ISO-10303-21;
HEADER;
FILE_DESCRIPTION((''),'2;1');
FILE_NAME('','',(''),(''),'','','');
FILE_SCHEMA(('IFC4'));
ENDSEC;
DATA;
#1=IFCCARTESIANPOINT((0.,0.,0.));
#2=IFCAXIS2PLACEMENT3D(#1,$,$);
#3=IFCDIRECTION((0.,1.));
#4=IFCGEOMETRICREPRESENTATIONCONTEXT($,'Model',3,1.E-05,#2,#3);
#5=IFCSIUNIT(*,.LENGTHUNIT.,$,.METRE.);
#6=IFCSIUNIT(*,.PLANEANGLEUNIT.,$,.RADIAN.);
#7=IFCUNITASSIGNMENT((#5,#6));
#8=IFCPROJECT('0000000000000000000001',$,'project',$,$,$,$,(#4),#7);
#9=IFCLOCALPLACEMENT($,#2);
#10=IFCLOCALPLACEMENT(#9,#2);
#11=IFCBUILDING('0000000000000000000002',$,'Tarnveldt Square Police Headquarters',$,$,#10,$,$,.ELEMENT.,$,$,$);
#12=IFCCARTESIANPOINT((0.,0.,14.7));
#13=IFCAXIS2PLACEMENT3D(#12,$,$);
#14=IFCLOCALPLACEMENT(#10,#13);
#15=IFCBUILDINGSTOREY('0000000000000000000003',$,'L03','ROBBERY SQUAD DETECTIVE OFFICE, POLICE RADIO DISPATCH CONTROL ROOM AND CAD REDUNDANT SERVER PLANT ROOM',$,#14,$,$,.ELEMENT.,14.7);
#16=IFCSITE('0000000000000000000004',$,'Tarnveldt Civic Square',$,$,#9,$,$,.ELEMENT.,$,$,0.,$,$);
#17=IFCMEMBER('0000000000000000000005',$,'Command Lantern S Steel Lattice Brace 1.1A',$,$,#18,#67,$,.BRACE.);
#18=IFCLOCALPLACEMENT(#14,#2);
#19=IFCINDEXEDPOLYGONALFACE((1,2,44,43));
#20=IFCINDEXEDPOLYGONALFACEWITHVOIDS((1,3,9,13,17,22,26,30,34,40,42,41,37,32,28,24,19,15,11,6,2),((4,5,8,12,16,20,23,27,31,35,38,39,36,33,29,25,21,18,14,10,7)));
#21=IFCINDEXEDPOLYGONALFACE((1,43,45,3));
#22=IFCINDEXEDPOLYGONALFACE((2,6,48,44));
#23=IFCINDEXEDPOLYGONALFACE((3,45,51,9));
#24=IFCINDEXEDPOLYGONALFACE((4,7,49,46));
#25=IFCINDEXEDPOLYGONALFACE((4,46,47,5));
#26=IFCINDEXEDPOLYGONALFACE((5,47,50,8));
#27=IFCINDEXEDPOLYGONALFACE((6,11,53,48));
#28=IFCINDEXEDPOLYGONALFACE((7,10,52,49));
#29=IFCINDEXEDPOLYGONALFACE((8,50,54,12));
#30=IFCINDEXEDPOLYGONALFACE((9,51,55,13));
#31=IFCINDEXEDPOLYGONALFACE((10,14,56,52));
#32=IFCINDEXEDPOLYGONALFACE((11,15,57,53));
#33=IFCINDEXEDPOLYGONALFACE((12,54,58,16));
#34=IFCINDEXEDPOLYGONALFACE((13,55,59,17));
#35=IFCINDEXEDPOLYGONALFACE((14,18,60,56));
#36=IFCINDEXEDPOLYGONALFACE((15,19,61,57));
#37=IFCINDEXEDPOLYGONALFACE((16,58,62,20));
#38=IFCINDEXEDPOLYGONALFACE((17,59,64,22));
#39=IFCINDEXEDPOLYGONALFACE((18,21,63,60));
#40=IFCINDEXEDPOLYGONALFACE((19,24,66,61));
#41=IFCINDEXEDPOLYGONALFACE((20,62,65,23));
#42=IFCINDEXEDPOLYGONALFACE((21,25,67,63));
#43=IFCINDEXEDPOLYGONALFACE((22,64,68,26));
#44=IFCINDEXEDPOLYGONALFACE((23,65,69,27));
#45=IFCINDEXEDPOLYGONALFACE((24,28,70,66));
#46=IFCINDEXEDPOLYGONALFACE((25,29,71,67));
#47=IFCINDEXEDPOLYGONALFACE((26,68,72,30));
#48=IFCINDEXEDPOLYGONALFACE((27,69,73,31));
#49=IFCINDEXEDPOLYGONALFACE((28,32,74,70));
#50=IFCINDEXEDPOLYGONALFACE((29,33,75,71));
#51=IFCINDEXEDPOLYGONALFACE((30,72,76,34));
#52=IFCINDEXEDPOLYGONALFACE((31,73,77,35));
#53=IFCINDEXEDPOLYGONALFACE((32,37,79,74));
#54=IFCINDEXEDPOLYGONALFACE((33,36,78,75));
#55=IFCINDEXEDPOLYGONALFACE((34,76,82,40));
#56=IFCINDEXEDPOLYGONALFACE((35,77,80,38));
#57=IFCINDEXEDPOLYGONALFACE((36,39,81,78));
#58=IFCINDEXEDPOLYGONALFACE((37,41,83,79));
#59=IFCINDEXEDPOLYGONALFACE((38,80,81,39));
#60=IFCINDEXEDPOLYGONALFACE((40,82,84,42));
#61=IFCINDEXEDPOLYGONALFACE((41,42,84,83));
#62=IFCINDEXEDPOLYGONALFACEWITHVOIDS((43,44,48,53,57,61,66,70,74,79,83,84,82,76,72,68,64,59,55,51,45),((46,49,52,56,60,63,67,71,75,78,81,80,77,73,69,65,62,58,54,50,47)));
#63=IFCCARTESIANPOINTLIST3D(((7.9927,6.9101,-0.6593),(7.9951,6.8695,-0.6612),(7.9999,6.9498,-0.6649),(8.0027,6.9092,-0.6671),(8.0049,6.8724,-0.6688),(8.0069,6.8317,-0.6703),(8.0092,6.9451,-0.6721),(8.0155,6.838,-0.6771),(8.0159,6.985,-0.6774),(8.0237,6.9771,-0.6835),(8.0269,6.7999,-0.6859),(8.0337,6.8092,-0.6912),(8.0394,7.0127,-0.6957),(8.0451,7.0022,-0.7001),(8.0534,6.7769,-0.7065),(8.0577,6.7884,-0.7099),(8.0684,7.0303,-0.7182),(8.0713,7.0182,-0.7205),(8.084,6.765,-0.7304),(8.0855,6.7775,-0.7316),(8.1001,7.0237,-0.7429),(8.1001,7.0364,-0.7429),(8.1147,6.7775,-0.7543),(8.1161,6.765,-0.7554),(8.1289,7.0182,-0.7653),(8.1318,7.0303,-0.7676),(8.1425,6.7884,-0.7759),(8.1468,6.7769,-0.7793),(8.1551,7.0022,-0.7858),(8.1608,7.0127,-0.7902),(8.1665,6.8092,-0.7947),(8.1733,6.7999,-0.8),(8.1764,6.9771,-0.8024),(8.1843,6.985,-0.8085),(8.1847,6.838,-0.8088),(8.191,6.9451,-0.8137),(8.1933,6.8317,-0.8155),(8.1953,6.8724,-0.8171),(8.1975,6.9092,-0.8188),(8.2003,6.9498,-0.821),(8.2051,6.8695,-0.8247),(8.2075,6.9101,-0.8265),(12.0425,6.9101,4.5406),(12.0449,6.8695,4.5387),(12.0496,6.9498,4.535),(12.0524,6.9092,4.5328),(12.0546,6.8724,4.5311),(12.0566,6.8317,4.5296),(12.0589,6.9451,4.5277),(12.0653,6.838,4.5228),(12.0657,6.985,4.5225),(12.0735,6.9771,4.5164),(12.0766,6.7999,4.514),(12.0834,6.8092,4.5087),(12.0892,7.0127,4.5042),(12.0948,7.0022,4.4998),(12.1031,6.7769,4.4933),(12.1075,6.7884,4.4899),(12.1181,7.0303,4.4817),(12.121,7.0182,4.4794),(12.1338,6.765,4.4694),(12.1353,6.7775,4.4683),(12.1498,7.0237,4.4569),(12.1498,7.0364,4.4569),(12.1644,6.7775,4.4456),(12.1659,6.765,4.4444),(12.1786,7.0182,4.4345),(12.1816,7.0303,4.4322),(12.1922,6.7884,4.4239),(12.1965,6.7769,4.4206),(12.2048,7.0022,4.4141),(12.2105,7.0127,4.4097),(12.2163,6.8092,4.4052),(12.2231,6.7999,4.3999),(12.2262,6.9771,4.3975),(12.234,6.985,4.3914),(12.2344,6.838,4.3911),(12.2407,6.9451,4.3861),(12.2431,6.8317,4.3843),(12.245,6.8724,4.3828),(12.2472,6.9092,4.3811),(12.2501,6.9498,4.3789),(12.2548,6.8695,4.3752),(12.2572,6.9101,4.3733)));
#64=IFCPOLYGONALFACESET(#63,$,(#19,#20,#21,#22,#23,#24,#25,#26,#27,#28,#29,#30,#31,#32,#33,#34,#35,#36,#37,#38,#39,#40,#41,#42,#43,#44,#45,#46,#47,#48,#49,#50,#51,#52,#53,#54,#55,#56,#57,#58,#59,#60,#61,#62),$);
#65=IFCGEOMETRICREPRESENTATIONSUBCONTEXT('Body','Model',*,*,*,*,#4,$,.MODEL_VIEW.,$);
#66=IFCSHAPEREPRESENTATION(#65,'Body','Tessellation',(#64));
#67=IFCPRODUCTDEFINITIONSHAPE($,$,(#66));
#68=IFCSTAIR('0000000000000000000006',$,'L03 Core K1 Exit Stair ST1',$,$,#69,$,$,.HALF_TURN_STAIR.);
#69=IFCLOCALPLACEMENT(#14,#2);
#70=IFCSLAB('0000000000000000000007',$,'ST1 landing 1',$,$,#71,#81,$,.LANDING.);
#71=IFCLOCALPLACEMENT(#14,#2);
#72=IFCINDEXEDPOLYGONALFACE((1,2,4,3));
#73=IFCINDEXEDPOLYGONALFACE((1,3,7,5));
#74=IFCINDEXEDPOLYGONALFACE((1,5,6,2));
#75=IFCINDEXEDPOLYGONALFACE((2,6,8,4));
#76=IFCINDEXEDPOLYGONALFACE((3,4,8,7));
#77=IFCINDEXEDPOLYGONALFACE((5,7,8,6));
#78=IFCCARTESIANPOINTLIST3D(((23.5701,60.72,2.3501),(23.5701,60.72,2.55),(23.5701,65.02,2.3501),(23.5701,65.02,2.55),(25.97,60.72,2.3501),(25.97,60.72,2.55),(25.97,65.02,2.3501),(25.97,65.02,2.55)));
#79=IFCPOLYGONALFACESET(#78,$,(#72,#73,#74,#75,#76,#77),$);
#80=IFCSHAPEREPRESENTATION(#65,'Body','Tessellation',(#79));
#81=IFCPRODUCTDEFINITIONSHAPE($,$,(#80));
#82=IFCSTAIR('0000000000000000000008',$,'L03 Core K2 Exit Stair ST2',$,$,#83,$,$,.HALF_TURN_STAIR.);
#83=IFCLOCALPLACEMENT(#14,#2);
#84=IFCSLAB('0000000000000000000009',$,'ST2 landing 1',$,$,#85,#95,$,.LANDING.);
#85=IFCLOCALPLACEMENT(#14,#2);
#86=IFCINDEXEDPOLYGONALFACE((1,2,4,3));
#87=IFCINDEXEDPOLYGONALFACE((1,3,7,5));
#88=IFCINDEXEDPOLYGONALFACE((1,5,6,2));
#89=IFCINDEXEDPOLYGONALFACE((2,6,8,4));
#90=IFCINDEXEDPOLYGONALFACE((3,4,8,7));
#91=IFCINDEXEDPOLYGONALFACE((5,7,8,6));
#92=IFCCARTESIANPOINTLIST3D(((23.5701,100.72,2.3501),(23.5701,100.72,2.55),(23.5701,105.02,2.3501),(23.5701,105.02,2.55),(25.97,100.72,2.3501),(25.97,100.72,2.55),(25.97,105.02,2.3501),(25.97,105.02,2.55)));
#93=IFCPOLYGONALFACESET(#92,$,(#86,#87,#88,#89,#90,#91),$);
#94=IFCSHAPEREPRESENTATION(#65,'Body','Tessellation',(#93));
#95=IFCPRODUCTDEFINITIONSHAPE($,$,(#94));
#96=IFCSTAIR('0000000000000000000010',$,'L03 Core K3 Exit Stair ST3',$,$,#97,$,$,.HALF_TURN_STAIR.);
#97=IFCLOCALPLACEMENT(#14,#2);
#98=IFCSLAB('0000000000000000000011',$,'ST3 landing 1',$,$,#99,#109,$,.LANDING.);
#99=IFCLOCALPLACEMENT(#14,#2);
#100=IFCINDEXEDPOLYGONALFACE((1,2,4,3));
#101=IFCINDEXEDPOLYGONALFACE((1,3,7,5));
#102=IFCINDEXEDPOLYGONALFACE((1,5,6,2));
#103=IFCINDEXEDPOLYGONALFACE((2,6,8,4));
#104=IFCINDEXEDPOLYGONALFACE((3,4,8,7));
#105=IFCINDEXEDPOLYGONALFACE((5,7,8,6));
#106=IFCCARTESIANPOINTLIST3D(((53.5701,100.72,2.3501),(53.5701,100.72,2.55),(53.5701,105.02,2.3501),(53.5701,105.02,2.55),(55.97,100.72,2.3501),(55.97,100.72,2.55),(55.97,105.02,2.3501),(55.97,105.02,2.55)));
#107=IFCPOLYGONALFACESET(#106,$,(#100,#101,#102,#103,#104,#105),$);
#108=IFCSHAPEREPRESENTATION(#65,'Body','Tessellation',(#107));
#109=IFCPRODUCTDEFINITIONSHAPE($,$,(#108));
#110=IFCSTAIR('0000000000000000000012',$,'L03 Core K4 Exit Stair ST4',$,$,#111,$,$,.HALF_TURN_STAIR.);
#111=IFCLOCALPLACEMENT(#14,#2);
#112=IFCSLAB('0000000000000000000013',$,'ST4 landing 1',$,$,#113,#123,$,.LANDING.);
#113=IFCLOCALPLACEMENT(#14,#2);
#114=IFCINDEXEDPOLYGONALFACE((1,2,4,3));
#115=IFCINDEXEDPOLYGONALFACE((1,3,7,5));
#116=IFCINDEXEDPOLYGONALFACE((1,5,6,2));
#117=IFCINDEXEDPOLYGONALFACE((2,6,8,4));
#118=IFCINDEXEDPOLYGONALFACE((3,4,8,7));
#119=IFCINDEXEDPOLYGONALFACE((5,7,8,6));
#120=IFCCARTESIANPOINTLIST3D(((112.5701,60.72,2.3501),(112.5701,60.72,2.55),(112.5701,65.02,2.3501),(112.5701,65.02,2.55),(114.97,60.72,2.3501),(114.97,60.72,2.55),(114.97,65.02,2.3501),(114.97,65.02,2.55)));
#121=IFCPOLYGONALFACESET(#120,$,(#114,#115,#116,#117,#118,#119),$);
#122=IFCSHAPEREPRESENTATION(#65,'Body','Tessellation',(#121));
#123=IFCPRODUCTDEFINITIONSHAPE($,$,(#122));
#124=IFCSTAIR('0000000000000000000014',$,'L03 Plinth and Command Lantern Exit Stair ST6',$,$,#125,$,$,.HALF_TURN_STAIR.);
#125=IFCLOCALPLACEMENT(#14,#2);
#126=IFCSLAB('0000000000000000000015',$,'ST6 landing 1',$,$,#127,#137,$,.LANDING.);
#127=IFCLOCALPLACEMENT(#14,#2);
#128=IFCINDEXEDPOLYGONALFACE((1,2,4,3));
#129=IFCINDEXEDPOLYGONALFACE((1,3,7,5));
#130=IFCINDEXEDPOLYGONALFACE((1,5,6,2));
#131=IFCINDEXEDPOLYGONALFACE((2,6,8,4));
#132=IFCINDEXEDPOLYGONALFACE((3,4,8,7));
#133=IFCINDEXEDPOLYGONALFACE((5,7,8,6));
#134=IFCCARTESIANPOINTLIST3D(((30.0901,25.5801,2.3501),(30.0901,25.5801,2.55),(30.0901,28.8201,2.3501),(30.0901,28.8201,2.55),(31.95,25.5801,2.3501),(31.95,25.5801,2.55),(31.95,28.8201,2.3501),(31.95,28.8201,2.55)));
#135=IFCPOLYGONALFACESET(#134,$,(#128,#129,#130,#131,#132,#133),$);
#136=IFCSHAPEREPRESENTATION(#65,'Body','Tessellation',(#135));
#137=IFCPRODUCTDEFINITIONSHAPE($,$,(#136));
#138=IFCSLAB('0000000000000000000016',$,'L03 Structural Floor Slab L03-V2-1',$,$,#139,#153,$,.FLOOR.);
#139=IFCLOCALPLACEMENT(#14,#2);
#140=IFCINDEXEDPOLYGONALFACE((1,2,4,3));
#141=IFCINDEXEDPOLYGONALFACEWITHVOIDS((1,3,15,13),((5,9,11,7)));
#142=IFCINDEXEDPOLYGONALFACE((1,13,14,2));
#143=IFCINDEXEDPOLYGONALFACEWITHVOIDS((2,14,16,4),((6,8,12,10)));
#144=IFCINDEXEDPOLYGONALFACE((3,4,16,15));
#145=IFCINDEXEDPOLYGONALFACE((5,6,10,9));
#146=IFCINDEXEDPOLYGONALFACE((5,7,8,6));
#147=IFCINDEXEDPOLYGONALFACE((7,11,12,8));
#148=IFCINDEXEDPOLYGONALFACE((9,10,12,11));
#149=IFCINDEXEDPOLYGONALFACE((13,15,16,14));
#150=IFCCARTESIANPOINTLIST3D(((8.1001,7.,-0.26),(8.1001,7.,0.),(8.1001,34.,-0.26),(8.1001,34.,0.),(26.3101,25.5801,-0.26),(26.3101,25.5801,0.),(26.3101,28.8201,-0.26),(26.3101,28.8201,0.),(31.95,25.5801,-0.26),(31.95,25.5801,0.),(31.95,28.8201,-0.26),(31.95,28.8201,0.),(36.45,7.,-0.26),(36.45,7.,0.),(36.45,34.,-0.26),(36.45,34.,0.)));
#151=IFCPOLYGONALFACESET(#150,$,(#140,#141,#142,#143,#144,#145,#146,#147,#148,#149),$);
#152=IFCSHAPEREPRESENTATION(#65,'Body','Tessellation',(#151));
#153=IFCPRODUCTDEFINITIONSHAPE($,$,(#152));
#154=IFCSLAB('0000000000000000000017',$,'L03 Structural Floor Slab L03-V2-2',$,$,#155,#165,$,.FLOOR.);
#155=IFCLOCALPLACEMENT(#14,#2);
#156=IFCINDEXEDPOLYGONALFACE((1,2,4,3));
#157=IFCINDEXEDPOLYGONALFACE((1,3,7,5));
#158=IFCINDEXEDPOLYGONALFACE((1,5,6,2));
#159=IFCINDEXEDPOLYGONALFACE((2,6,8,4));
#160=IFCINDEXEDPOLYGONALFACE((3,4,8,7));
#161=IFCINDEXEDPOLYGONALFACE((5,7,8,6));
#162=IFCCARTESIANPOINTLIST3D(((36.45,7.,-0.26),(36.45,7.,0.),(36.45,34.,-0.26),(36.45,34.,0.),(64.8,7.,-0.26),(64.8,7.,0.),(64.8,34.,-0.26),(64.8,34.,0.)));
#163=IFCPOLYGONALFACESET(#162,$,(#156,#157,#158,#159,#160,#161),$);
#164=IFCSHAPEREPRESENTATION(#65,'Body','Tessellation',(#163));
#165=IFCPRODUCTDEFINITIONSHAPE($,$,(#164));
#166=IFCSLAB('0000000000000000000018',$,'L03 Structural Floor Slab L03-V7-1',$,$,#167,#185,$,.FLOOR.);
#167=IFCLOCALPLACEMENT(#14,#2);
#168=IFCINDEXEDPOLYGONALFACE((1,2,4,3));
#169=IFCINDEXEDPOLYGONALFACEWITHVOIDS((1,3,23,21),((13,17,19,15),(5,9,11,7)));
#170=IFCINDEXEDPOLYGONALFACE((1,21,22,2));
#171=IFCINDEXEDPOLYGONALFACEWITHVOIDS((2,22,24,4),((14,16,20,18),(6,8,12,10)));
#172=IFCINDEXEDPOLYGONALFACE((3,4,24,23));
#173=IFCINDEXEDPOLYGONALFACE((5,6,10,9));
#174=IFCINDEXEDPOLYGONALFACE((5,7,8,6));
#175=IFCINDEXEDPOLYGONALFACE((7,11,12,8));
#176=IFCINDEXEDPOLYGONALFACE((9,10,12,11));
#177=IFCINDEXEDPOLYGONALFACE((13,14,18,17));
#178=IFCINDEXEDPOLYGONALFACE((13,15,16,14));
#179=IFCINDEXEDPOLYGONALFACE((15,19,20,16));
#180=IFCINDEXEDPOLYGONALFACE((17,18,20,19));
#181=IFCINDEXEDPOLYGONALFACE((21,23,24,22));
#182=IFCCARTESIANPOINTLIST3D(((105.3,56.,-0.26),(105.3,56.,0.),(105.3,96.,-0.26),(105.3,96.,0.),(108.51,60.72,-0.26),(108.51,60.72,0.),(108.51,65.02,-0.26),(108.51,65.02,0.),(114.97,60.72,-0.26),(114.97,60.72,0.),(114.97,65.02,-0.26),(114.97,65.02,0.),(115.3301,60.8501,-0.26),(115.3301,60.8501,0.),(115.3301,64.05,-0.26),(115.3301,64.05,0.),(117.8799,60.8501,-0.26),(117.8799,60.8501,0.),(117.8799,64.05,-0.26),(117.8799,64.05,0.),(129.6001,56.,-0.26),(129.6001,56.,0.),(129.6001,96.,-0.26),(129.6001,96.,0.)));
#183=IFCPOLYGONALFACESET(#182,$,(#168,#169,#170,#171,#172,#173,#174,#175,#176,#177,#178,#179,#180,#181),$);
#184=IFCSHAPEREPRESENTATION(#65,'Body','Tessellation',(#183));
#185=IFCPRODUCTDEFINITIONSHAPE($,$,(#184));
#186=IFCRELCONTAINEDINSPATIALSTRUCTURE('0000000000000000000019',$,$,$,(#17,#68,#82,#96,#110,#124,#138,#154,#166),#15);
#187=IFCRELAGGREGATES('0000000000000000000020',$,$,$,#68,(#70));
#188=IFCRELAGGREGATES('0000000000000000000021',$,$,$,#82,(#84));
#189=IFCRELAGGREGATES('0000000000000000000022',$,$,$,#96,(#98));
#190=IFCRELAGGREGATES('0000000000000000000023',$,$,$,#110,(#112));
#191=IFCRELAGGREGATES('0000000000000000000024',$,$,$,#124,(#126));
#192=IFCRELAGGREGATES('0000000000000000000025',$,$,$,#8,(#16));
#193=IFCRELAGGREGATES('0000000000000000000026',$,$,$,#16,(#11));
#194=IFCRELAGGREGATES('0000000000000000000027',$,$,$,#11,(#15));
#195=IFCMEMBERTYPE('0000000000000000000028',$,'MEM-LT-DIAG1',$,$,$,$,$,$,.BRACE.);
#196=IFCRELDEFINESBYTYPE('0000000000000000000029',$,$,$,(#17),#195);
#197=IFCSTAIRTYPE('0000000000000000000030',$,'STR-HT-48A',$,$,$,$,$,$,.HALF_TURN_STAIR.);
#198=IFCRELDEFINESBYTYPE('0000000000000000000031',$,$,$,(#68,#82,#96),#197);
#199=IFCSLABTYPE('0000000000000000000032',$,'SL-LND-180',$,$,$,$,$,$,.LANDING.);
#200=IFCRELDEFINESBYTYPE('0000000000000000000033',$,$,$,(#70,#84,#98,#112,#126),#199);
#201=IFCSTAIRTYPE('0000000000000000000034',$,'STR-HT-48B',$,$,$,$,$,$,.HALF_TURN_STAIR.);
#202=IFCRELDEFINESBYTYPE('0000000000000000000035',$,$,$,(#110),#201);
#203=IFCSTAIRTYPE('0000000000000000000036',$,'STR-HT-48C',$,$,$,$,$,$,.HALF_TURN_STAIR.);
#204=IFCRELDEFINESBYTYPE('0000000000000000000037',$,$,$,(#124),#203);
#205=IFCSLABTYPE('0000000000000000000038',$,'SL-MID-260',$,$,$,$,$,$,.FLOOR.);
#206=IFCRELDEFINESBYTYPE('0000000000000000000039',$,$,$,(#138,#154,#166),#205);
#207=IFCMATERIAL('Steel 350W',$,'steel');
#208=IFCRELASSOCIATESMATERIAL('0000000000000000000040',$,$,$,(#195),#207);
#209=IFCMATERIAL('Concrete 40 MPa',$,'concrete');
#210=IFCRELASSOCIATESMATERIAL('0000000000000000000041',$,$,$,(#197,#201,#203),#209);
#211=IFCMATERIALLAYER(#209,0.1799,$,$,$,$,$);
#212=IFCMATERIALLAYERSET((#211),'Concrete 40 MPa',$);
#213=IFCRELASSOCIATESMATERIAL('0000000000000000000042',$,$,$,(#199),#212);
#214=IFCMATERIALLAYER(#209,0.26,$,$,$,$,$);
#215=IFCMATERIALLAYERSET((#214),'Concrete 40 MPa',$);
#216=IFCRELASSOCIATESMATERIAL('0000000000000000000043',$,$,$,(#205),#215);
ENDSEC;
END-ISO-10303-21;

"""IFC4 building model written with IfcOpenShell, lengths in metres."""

from ifc_helpers import new_model, si_unit, direction, frame, origin, origin_2d, place, context, subcontext, project, spatial, polyline, hollow_circle, outline, extrude, material, layer, layer_set, material_profile, profile_set, type_object, element, aggregate, save


model = new_model("IFC4")

# Units and contexts
model_context = context("Model", 3, precision=1e-05, world=origin(), true_north=direction((0.0, 1.0)))
body_context = subcontext(model_context, "Body", "Model", "MODEL_VIEW")
ifc_project = project(units=[si_unit("LENGTHUNIT", "METRE"), si_unit("PLANEANGLEUNIT", "RADIAN")], contexts=[model_context])

# Site, building, storey
site_placement = place(None, origin())
site = spatial("IfcSite", under=ifc_project, at=site_placement, Name="Tarnveldt Civic Square", CompositionType="ELEMENT", RefElevation=0.0)
building_placement = place(site_placement, origin())
building = spatial("IfcBuilding", under=site, at=building_placement, Name="Tarnveldt Square Police Headquarters", CompositionType="ELEMENT")
storey_placement = place(building_placement, frame((0.0, 0.0, 14.7)))
storey = spatial("IfcBuildingStorey", under=building, at=storey_placement, Name="L03", Description="ROBBERY SQUAD DETECTIVE OFFICE, POLICE RADIO DISPATCH CONTROL ROOM AND CAD REDUNDANT SERVER PLANT ROOM", CompositionType="ELEMENT", Elevation=14.7)

# Shared definitions
ifc_material_1 = material(Name="Steel 350W", Category="steel")

# Member
ifc_material_profile_1 = material_profile(ifc_material_1, hollow_circle(Radius=0.1365, WallThickness=0.0127, at=origin_2d()), Name="HSS273x13")
ifc_profile_set_1 = profile_set([ifc_material_profile_1], Name="Steel 350W")
member_type_1 = type_object("IfcMemberType", Name="MEM-LT-DIAG1", PredefinedType="BRACE", material=ifc_profile_set_1)
member_1_placement = place(storey_placement, frame((8.1001, 6.8999, -0.7429), z_axis=(0.614451, 0.0, 0.788955), x_axis=(0.0, 1.0, 0.0)))
element("IfcMember", 1, at=member_1_placement, inside=storey, type_object=member_type_1, Name="Command Lantern S Steel Lattice Brace 1.1A", PredefinedType="BRACE", context=body_context, shape_type="SweptSolid", body=[
    extrude(hollow_circle(Radius=0.1365, WallThickness=0.0127, at=origin_2d()), origin(), (0.0, 0.0, 1.0), 6.5908),
])

# Stairs, slabs
ifc_material_2 = material(Name="Concrete 40 MPa", Category="concrete")
stair_type_1 = type_object("IfcStairType", Name="STR-HT-48A", PredefinedType="HALF_TURN_STAIR", material=ifc_material_2)
stair_1_placement = place(storey_placement, origin())
stair_1 = element("IfcStair", 2, at=stair_1_placement, inside=storey, type_object=stair_type_1, Name="L03 Core K1 Exit Stair ST1", PredefinedType="HALF_TURN_STAIR")
ifc_layer_1 = layer(ifc_material_2, 0.1799)
ifc_layer_set_1 = layer_set([ifc_layer_1], Name="Concrete 40 MPa")
slab_type_1 = type_object("IfcSlabType", Name="SL-LND-180", PredefinedType="LANDING", material=ifc_layer_set_1)
slab_1_placement = place(storey_placement, frame((0.0, 0.0, 2.3501)))
slab_1 = element("IfcSlab", 3, at=slab_1_placement, type_object=slab_type_1, Name="ST1 landing 1", PredefinedType="LANDING", context=body_context, shape_type="SweptSolid", body=[
    extrude(outline(polyline([(23.5701, 60.72), (25.97, 60.72), (25.97, 65.02), (23.5701, 65.02), (23.5701, 60.72)])), origin(), (0.0, 0.0, 1.0), 0.2),
])
aggregate(stair_1, [slab_1])
stair_2_placement = place(storey_placement, origin())
stair_2 = element("IfcStair", 4, at=stair_2_placement, inside=storey, type_object=stair_type_1, Name="L03 Core K2 Exit Stair ST2", PredefinedType="HALF_TURN_STAIR")
slab_2_placement = place(storey_placement, frame((0.0, 0.0, 2.3501)))
slab_2 = element("IfcSlab", 5, at=slab_2_placement, type_object=slab_type_1, Name="ST2 landing 1", PredefinedType="LANDING", context=body_context, shape_type="SweptSolid", body=[
    extrude(outline(polyline([(23.5701, 100.72), (25.97, 100.72), (25.97, 105.02), (23.5701, 105.02), (23.5701, 100.72)])), origin(), (0.0, 0.0, 1.0), 0.2),
])
aggregate(stair_2, [slab_2])
stair_3_placement = place(storey_placement, origin())
stair_3 = element("IfcStair", 6, at=stair_3_placement, inside=storey, type_object=stair_type_1, Name="L03 Core K3 Exit Stair ST3", PredefinedType="HALF_TURN_STAIR")
slab_3_placement = place(storey_placement, frame((0.0, 0.0, 2.3501)))
slab_3 = element("IfcSlab", 7, at=slab_3_placement, type_object=slab_type_1, Name="ST3 landing 1", PredefinedType="LANDING", context=body_context, shape_type="SweptSolid", body=[
    extrude(outline(polyline([(53.5701, 100.72), (55.97, 100.72), (55.97, 105.02), (53.5701, 105.02), (53.5701, 100.72)])), origin(), (0.0, 0.0, 1.0), 0.2),
])
aggregate(stair_3, [slab_3])
stair_type_2 = type_object("IfcStairType", Name="STR-HT-48B", PredefinedType="HALF_TURN_STAIR", material=ifc_material_2)
stair_4_placement = place(storey_placement, origin())
stair_4 = element("IfcStair", 8, at=stair_4_placement, inside=storey, type_object=stair_type_2, Name="L03 Core K4 Exit Stair ST4", PredefinedType="HALF_TURN_STAIR")
slab_4_placement = place(storey_placement, frame((0.0, 0.0, 2.3501)))
slab_4 = element("IfcSlab", 9, at=slab_4_placement, type_object=slab_type_1, Name="ST4 landing 1", PredefinedType="LANDING", context=body_context, shape_type="SweptSolid", body=[
    extrude(outline(polyline([(112.5701, 60.72), (114.97, 60.72), (114.97, 65.02), (112.5701, 65.02), (112.5701, 60.72)])), origin(), (0.0, 0.0, 1.0), 0.2),
])
aggregate(stair_4, [slab_4])
stair_type_3 = type_object("IfcStairType", Name="STR-HT-48C", PredefinedType="HALF_TURN_STAIR", material=ifc_material_2)
stair_5_placement = place(storey_placement, origin())
stair_5 = element("IfcStair", 10, at=stair_5_placement, inside=storey, type_object=stair_type_3, Name="L03 Plinth and Command Lantern Exit Stair ST6", PredefinedType="HALF_TURN_STAIR")
slab_5_placement = place(storey_placement, frame((0.0, 0.0, 2.3501)))
slab_5 = element("IfcSlab", 11, at=slab_5_placement, type_object=slab_type_1, Name="ST6 landing 1", PredefinedType="LANDING", context=body_context, shape_type="SweptSolid", body=[
    extrude(outline(polyline([(30.0901, 25.5801), (31.95, 25.5801), (31.95, 28.8201), (30.0901, 28.8201), (30.0901, 25.5801)])), origin(), (0.0, 0.0, 1.0), 0.2),
])
aggregate(stair_5, [slab_5])

# Slabs
ifc_layer_2 = layer(ifc_material_2, 0.26)
ifc_layer_set_2 = layer_set([ifc_layer_2], Name="Concrete 40 MPa")
slab_type_2 = type_object("IfcSlabType", Name="SL-MID-260", PredefinedType="FLOOR", material=ifc_layer_set_2)
slab_6_placement = place(storey_placement, frame((0.0, 0.0, -0.26)))
element("IfcSlab", 12, at=slab_6_placement, inside=storey, type_object=slab_type_2, Name="L03 Structural Floor Slab L03-V2-1", PredefinedType="FLOOR", context=body_context, shape_type="SweptSolid", body=[
    extrude(outline(polyline([(36.45, 34.0), (36.45, 7.0), (8.1001, 7.0), (8.1001, 34.0), (36.45, 34.0)]), holes=[polyline([(26.3101, 25.5801), (31.95, 25.5801), (31.95, 28.8201), (26.3101, 28.8201), (26.3101, 25.5801)])]), origin(), (0.0, 0.0, 1.0), 0.26),
])
slab_7_placement = place(storey_placement, frame((0.0, 0.0, -0.26)))
element("IfcSlab", 13, at=slab_7_placement, inside=storey, type_object=slab_type_2, Name="L03 Structural Floor Slab L03-V2-2", PredefinedType="FLOOR", context=body_context, shape_type="SweptSolid", body=[
    extrude(outline(polyline([(64.8, 34.0), (64.8, 7.0), (36.45, 7.0), (36.45, 34.0), (64.8, 34.0)])), origin(), (0.0, 0.0, 1.0), 0.26),
])
slab_8_placement = place(storey_placement, frame((0.0, 0.0, -0.26)))
element("IfcSlab", 14, at=slab_8_placement, inside=storey, type_object=slab_type_2, Name="L03 Structural Floor Slab L03-V7-1", PredefinedType="FLOOR", context=body_context, shape_type="SweptSolid", body=[
    extrude(outline(polyline([(129.6001, 96.0), (129.6001, 56.0), (105.3, 56.0), (105.3, 96.0), (129.6001, 96.0)]), holes=[polyline([(115.3301, 64.05), (115.3301, 60.8501), (117.8799, 60.8501), (117.8799, 64.05), (115.3301, 64.05)]), polyline([(108.51, 65.02), (108.51, 60.72), (114.97, 60.72), (114.97, 65.02), (108.51, 65.02)])]), origin(), (0.0, 0.0, 1.0), 0.26),
])

save(model, "model.ifc")
